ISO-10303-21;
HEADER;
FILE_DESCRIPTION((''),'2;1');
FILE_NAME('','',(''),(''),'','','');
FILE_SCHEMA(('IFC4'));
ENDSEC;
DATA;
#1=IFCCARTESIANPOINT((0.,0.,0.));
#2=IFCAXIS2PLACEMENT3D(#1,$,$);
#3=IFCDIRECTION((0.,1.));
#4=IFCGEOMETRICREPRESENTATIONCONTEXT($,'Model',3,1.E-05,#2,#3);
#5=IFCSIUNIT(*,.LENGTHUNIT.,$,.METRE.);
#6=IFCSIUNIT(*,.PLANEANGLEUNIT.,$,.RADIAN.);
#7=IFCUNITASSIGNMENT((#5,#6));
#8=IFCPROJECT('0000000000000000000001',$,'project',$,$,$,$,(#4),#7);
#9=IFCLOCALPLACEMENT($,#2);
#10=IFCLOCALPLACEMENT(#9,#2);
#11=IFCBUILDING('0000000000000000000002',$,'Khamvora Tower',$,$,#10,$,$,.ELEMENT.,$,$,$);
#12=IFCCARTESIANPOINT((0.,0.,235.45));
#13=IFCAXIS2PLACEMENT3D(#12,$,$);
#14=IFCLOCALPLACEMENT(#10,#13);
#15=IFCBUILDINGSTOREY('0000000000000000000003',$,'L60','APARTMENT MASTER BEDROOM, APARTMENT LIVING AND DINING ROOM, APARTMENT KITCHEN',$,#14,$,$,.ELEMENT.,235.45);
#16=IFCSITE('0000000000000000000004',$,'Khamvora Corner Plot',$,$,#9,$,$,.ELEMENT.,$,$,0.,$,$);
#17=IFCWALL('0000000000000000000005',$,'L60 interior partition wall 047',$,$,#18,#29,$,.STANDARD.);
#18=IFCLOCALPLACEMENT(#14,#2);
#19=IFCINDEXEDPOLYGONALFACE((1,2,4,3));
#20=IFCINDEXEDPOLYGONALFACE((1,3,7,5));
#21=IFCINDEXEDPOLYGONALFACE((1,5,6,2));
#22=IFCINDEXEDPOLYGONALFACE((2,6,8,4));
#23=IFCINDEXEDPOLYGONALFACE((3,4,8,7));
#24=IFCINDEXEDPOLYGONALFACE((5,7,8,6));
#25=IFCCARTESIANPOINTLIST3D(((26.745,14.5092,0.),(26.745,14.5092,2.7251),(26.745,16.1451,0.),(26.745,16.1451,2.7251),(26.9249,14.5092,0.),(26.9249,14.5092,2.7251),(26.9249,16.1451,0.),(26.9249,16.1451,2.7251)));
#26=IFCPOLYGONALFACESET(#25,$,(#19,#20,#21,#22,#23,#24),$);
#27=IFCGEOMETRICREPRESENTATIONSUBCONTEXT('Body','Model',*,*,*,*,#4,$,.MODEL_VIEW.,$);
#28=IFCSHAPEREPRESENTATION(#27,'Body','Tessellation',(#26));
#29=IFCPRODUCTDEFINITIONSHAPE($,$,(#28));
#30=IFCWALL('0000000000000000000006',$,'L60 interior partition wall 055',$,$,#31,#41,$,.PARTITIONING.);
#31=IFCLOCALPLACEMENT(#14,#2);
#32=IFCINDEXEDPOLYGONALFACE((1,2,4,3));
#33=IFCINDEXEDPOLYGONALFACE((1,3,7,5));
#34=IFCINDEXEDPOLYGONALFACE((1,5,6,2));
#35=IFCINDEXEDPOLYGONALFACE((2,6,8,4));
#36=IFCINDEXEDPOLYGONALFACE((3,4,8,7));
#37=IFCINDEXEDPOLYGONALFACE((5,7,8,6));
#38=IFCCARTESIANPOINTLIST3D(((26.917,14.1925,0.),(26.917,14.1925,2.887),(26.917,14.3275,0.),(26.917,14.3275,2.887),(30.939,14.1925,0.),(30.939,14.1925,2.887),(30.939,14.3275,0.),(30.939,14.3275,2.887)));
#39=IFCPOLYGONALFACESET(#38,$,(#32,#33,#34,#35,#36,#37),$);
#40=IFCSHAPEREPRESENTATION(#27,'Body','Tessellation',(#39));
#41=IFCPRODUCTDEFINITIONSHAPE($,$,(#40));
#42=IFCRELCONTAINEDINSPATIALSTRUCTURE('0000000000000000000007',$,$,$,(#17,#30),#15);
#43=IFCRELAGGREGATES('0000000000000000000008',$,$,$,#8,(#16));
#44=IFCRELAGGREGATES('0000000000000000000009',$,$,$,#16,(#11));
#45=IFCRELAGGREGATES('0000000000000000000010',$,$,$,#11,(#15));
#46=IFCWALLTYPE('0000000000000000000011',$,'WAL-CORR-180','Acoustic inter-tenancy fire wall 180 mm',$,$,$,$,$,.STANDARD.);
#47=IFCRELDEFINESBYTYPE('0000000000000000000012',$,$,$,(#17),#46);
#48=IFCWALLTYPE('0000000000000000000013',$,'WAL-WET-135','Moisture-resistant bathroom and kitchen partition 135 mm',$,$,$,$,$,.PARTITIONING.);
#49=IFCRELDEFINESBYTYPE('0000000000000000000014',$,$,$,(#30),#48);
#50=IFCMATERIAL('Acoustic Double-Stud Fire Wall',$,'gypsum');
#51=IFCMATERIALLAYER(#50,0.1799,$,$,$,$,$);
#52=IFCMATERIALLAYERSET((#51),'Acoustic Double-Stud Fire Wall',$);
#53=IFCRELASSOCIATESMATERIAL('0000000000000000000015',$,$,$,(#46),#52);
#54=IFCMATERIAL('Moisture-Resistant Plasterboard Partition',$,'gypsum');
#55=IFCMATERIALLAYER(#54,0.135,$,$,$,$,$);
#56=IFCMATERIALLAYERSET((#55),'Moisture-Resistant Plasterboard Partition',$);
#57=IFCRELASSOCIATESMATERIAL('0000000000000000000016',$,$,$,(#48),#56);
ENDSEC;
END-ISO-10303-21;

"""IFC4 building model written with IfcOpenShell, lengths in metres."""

from ifc_helpers import new_model, si_unit, direction, frame, frame_2d, origin, place, context, subcontext, project, spatial, rectangle, extrude, material, layer, layer_set, type_object, element, save


model = new_model("IFC4")

# Units and contexts
model_context = context("Model", 3, precision=1e-05, world=origin(), true_north=direction((0.0, 1.0)))
body_context = subcontext(model_context, "Body", "Model", "MODEL_VIEW")
ifc_project = project(units=[si_unit("LENGTHUNIT", "METRE"), si_unit("PLANEANGLEUNIT", "RADIAN")], contexts=[model_context])

# Site, building, storey
site_placement = place(None, origin())
site = spatial("IfcSite", under=ifc_project, at=site_placement, Name="Khamvora Corner Plot", CompositionType="ELEMENT", RefElevation=0.0)
building_placement = place(site_placement, origin())
building = spatial("IfcBuilding", under=site, at=building_placement, Name="Khamvora Tower", CompositionType="ELEMENT")
storey_placement = place(building_placement, frame((0.0, 0.0, 235.45)))
storey = spatial("IfcBuildingStorey", under=building, at=storey_placement, Name="L60", Description="APARTMENT MASTER BEDROOM, APARTMENT LIVING AND DINING ROOM, APARTMENT KITCHEN", CompositionType="ELEMENT", Elevation=235.45)

# Walls
ifc_material_1 = material(Name="Acoustic Double-Stud Fire Wall", Category="gypsum")
ifc_layer_1 = layer(ifc_material_1, 0.1799)
ifc_layer_set_1 = layer_set([ifc_layer_1], Name="Acoustic Double-Stud Fire Wall")
wall_type_1 = type_object("IfcWallType", Name="WAL-CORR-180", Description="Acoustic inter-tenancy fire wall 180 mm", PredefinedType="STANDARD", material=ifc_layer_set_1)
wall_1_placement = place(storey_placement, frame((26.835, 16.145, 0.0), z_axis=(0.0, 0.0, 1.0), x_axis=(0.0, -1.0, 0.0)))
element("IfcWall", 1, at=wall_1_placement, inside=storey, type_object=wall_type_1, Name="L60 interior partition wall 047", PredefinedType="STANDARD", context=body_context, shape_type="SweptSolid", body=[
    extrude(rectangle(XDim=1.636, YDim=0.1799, at=frame_2d((0.8179, 0.0))), origin(), (0.0, 0.0, 1.0), 2.7251),
])
ifc_material_2 = material(Name="Moisture-Resistant Plasterboard Partition", Category="gypsum")
ifc_layer_2 = layer(ifc_material_2, 0.135)
ifc_layer_set_2 = layer_set([ifc_layer_2], Name="Moisture-Resistant Plasterboard Partition")
wall_type_2 = type_object("IfcWallType", Name="WAL-WET-135", Description="Moisture-resistant bathroom and kitchen partition 135 mm", PredefinedType="PARTITIONING", material=ifc_layer_set_2)
wall_2_placement = place(storey_placement, frame((26.917, 14.26, 0.0), z_axis=(0.0, 0.0, 1.0), x_axis=(1.0, 0.0, 0.0)))
element("IfcWall", 2, at=wall_2_placement, inside=storey, type_object=wall_type_2, Name="L60 interior partition wall 055", PredefinedType="PARTITIONING", context=body_context, shape_type="SweptSolid", body=[
    extrude(rectangle(XDim=4.022, YDim=0.135, at=frame_2d((2.011, 0.0))), origin(), (0.0, 0.0, 1.0), 2.887),
])

save(model, "model.ifc")
